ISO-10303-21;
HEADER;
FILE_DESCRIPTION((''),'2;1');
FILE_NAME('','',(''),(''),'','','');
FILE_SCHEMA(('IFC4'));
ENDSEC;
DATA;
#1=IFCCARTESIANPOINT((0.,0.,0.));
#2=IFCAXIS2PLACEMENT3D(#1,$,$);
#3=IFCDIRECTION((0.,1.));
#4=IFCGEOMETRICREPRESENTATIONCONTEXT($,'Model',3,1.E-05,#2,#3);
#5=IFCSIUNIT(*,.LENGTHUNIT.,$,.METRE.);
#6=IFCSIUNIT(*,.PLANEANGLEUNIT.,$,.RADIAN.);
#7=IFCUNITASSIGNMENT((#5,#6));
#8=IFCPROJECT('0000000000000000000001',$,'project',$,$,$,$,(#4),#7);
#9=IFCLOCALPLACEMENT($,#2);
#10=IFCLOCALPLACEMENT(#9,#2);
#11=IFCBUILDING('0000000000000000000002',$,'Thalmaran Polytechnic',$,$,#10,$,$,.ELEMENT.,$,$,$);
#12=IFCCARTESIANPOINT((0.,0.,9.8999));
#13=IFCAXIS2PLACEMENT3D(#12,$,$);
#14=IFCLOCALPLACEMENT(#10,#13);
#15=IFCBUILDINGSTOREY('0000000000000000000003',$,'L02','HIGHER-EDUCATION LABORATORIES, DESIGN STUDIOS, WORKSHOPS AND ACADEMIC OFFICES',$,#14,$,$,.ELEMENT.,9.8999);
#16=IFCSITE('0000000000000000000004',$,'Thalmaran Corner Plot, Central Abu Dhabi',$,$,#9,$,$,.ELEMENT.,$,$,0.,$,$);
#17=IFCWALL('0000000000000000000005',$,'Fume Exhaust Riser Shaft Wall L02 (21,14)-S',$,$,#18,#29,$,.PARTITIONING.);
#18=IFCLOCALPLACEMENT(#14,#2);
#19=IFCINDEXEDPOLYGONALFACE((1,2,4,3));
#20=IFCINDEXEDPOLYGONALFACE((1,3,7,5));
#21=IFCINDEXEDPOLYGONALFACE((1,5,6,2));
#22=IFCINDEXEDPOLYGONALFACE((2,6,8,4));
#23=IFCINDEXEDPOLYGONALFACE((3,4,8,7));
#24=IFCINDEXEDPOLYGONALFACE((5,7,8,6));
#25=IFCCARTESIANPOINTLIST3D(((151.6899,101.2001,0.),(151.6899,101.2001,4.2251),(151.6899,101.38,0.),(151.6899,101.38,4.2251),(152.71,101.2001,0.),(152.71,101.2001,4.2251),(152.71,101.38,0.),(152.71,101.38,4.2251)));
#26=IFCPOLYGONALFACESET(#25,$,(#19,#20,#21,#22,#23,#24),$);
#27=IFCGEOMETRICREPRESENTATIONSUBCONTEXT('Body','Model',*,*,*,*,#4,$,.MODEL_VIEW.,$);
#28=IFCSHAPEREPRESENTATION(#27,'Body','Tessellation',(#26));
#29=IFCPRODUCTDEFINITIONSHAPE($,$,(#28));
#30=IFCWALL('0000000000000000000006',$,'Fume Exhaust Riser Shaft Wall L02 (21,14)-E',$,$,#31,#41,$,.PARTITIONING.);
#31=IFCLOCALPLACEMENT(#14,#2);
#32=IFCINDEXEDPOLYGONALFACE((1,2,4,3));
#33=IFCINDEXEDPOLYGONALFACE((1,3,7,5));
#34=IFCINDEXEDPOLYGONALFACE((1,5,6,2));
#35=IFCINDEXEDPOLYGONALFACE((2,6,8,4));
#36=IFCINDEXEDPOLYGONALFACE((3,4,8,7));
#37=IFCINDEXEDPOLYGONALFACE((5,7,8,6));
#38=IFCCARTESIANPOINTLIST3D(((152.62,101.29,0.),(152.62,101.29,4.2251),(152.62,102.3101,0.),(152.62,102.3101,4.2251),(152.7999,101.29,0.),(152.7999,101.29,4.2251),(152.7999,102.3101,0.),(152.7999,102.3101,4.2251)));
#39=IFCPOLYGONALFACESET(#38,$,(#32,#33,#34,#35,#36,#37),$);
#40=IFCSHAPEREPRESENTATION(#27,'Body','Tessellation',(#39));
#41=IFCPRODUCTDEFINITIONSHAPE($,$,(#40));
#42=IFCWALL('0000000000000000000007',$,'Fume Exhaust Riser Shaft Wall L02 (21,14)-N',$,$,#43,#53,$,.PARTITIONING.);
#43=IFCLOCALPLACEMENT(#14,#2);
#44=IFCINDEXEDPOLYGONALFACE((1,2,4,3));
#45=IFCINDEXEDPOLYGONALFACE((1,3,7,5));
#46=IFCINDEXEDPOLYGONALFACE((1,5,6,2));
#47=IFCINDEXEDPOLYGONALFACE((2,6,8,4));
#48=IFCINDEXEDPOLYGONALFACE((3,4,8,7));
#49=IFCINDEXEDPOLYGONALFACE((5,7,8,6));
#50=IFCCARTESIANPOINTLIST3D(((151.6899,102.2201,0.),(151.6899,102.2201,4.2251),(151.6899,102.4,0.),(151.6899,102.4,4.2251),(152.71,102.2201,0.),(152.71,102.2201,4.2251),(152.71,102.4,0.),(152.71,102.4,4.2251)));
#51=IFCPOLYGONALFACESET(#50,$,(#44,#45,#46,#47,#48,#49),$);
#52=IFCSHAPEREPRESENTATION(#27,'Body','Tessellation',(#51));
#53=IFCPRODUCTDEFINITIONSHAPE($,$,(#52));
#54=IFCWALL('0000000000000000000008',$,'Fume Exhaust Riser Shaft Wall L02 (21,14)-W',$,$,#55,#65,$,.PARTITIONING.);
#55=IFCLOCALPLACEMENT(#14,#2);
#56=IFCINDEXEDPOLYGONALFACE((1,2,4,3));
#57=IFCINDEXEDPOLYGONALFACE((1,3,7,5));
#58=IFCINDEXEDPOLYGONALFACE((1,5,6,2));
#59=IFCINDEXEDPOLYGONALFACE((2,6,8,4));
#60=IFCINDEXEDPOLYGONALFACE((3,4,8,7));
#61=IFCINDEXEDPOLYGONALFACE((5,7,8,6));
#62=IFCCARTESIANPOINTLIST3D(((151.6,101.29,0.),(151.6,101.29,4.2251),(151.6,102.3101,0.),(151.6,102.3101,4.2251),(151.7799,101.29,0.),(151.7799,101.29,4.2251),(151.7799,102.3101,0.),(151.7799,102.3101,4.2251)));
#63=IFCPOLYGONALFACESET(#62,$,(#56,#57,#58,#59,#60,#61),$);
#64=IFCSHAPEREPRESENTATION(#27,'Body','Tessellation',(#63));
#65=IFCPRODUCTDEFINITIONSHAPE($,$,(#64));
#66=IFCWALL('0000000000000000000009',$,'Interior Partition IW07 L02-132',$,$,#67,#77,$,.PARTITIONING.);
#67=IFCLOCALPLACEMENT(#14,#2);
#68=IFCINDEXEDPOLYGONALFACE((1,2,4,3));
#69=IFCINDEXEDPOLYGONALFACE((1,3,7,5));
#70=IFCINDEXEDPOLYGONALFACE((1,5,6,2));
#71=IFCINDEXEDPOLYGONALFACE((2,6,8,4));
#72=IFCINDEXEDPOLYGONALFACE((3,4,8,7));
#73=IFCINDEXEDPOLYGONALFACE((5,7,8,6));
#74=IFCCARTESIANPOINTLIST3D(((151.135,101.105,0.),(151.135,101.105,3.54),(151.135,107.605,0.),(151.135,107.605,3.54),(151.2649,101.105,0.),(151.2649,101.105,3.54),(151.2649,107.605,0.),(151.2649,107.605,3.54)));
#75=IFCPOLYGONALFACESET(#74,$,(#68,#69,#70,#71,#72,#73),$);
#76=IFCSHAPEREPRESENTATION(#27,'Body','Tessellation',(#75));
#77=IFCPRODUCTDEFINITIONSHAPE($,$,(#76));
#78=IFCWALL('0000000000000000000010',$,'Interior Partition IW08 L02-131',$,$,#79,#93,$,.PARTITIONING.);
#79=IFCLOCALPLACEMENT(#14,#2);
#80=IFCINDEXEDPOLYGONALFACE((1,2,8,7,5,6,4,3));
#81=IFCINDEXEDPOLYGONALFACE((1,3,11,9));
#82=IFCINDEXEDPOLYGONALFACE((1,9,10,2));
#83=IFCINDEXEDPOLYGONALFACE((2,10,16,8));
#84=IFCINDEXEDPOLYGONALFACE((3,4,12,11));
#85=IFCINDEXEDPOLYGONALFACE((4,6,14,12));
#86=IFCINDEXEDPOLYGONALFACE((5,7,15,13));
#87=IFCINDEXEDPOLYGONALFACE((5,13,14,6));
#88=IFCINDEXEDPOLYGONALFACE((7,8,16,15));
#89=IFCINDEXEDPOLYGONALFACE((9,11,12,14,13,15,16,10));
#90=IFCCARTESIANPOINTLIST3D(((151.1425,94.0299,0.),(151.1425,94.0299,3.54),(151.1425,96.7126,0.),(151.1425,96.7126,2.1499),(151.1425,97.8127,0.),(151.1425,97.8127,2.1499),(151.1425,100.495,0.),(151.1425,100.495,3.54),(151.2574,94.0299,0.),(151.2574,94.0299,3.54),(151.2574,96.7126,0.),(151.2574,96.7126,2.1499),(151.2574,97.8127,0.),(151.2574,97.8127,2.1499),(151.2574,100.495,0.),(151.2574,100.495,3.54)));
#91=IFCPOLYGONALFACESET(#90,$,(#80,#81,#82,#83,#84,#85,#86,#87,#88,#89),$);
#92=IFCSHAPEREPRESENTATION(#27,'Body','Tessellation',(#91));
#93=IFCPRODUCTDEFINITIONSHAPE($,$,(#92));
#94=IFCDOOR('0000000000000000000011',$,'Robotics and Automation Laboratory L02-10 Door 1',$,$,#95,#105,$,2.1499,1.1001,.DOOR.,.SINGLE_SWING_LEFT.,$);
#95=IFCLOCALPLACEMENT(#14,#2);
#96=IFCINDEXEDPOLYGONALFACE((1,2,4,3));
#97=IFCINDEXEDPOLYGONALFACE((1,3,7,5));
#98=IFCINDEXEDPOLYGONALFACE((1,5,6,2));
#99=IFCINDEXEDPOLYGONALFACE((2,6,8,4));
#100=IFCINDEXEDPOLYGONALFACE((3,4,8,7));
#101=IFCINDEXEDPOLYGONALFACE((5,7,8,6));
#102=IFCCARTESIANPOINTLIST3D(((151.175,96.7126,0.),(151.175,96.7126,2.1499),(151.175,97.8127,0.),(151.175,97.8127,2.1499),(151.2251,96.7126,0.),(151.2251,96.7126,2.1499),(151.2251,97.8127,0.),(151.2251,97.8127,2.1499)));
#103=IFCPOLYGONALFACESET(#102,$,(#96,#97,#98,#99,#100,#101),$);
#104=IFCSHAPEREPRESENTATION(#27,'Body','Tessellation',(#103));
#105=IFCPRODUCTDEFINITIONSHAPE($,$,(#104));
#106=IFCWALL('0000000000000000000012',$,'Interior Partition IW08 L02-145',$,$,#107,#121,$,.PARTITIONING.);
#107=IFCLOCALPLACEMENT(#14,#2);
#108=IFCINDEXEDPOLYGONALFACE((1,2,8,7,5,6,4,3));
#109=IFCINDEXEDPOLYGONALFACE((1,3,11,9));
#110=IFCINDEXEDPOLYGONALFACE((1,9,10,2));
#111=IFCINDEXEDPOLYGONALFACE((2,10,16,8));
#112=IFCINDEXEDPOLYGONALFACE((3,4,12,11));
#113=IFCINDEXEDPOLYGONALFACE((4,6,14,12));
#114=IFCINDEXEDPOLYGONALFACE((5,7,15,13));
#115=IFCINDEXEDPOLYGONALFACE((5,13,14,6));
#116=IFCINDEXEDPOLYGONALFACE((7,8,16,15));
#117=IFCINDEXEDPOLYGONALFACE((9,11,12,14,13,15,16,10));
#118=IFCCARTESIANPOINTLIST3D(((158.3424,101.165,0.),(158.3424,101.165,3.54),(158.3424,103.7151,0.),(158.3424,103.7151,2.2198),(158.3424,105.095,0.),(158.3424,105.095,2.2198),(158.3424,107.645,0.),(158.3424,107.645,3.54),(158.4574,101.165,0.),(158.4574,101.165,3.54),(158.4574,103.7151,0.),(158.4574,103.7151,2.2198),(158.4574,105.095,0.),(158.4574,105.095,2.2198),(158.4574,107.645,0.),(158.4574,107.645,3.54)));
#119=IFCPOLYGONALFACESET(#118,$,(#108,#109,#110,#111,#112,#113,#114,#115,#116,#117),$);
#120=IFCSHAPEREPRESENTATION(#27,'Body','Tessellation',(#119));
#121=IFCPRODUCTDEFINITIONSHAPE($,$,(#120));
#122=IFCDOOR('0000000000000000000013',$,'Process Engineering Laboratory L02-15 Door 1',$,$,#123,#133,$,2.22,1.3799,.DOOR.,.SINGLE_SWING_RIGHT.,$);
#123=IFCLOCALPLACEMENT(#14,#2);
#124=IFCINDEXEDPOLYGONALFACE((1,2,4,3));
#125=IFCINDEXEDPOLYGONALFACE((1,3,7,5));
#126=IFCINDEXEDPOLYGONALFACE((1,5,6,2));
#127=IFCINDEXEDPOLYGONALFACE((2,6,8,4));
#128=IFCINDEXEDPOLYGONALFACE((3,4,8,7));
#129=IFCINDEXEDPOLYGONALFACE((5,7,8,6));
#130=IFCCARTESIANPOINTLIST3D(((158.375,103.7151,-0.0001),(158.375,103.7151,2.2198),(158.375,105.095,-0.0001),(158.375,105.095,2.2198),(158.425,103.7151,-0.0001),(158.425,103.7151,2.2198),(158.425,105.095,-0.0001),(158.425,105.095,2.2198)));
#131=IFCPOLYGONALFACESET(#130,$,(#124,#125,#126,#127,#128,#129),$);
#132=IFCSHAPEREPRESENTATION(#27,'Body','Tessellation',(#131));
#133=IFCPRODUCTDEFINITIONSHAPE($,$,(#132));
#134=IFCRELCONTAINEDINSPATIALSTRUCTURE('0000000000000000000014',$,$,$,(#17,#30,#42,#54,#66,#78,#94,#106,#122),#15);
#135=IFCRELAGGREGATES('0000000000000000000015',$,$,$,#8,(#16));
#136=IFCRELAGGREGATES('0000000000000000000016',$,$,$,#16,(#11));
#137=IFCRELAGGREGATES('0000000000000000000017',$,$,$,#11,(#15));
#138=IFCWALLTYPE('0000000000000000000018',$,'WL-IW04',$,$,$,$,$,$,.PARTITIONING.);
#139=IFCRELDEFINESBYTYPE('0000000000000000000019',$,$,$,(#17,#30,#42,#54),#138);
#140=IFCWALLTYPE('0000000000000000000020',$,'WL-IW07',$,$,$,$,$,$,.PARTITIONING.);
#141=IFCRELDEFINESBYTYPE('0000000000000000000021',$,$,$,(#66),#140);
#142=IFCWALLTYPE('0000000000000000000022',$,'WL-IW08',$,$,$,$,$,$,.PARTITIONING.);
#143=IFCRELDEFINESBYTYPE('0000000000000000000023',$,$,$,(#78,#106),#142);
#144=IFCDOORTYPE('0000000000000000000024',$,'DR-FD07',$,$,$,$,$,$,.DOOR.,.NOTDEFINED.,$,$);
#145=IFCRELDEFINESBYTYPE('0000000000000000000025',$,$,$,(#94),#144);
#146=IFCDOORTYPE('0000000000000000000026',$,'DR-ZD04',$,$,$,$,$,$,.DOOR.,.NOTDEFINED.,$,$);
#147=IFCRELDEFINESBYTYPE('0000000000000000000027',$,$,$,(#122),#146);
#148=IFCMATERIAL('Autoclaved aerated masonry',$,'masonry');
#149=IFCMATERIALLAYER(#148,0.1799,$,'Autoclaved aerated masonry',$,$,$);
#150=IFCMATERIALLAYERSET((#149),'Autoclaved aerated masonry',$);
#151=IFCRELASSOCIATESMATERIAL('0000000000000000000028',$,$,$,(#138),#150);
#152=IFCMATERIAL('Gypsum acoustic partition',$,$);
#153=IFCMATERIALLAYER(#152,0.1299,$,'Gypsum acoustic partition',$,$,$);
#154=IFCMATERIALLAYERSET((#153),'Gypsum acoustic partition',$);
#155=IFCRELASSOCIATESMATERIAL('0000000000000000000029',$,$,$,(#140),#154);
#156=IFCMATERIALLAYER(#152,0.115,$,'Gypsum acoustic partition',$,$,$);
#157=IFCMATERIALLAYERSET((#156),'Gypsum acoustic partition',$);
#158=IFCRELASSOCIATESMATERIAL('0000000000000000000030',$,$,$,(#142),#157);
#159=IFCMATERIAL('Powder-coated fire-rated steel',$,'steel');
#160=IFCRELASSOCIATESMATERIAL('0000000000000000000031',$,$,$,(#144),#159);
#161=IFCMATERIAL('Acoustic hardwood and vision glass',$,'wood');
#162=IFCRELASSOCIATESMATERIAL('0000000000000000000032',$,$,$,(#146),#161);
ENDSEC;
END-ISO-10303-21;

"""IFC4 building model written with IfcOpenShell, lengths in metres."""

from ifc_helpers import new_model, si_unit, direction, frame, frame_2d, origin, place, context, subcontext, project, spatial, rectangle, extrude, material, layer, layer_set, type_object, element, fill, save


model = new_model("IFC4")

# Units and contexts
model_context = context("Model", 3, precision=1e-05, world=origin(), true_north=direction((0.0, 1.0)))
body_context = subcontext(model_context, "Body", "Model", "MODEL_VIEW")
ifc_project = project(units=[si_unit("LENGTHUNIT", "METRE"), si_unit("PLANEANGLEUNIT", "RADIAN")], contexts=[model_context])

# Site, building, storey
site_placement = place(None, origin())
site = spatial("IfcSite", under=ifc_project, at=site_placement, Name="Thalmaran Corner Plot, Central Abu Dhabi", CompositionType="ELEMENT", RefElevation=0.0)
building_placement = place(site_placement, origin())
building = spatial("IfcBuilding", under=site, at=building_placement, Name="Thalmaran Polytechnic", CompositionType="ELEMENT")
storey_placement = place(building_placement, frame((0.0, 0.0, 9.8999)))
storey = spatial("IfcBuildingStorey", under=building, at=storey_placement, Name="L02", Description="HIGHER-EDUCATION LABORATORIES, DESIGN STUDIOS, WORKSHOPS AND ACADEMIC OFFICES", CompositionType="ELEMENT", Elevation=9.8999)

# Walls
ifc_material_1 = material(Name="Autoclaved aerated masonry", Category="masonry")
ifc_layer_1 = layer(ifc_material_1, 0.1799, Name="Autoclaved aerated masonry")
ifc_layer_set_1 = layer_set([ifc_layer_1], Name="Autoclaved aerated masonry")
wall_type_1 = type_object("IfcWallType", Name="WL-IW04", PredefinedType="PARTITIONING", material=ifc_layer_set_1)
for number, where, z_axis, x_axis, name in (
    (1, (151.6899, 101.29, 0.0), (0.0, 0.0, 1.0), (1.0, 0.0, 0.0), "Fume Exhaust Riser Shaft Wall L02 (21,14)-S"),
    (2, (152.71, 101.29, 0.0), (0.0, 0.0, 1.0), (0.0, 1.0, 0.0), "Fume Exhaust Riser Shaft Wall L02 (21,14)-E"),
    (3, (152.71, 102.3101, 0.0), (0.0, 0.0, 1.0), (-1.0, 0.0, 0.0), "Fume Exhaust Riser Shaft Wall L02 (21,14)-N"),
    (4, (151.6899, 102.3101, 0.0), (0.0, 0.0, 1.0), (0.0, -1.0, 0.0), "Fume Exhaust Riser Shaft Wall L02 (21,14)-W"),
):
    element("IfcWall", number, at=place(storey_placement, frame(where, z_axis=z_axis, x_axis=x_axis)), inside=storey, type_object=wall_type_1, Name=name, PredefinedType="PARTITIONING", context=body_context, shape_type="SweptSolid", body=[
        extrude(rectangle(XDim=1.02, YDim=0.1799, at=frame_2d((0.51, 0.0))), origin(), (0.0, 0.0, 1.0), 4.2251),
    ])
ifc_material_2 = material(Name="Gypsum acoustic partition")
ifc_layer_2 = layer(ifc_material_2, 0.1299, Name="Gypsum acoustic partition")
ifc_layer_set_2 = layer_set([ifc_layer_2], Name="Gypsum acoustic partition")
wall_type_2 = type_object("IfcWallType", Name="WL-IW07", PredefinedType="PARTITIONING", material=ifc_layer_set_2)
wall_1_placement = place(storey_placement, frame((151.2, 101.105, 0.0), z_axis=(0.0, 0.0, 1.0), x_axis=(0.0, 1.0, 0.0)))
element("IfcWall", 5, at=wall_1_placement, inside=storey, type_object=wall_type_2, Name="Interior Partition IW07 L02-132", PredefinedType="PARTITIONING", context=body_context, shape_type="SweptSolid", body=[
    extrude(rectangle(XDim=6.5, YDim=0.1299, at=frame_2d((3.25, 0.0))), origin(), (0.0, 0.0, 1.0), 3.54),
])

# Walls, openings, doors
ifc_layer_3 = layer(ifc_material_2, 0.115, Name="Gypsum acoustic partition")
ifc_layer_set_3 = layer_set([ifc_layer_3], Name="Gypsum acoustic partition")
wall_type_3 = type_object("IfcWallType", Name="WL-IW08", PredefinedType="PARTITIONING", material=ifc_layer_set_3)
wall_2_placement = place(storey_placement, frame((151.2, 94.03, 0.0), z_axis=(0.0, 0.0, 1.0), x_axis=(0.0, 1.0, 0.0)))
wall_2 = element("IfcWall", 6, at=wall_2_placement, inside=storey, type_object=wall_type_3, Name="Interior Partition IW08 L02-131", PredefinedType="PARTITIONING", context=body_context, shape_type="SweptSolid", body=[
    extrude(rectangle(XDim=6.4651, YDim=0.115, at=frame_2d((3.2324, 0.0))), origin(), (0.0, 0.0, 1.0), 3.54),
])
opening_1_placement = place(wall_2_placement, frame((2.6826, 0.0, 0.0)))
opening_1 = element("IfcOpeningElement", 7, at=opening_1_placement, cuts=wall_2, PredefinedType="OPENING", context=body_context, shape_type="SweptSolid", body=[
    extrude(rectangle(XDim=1.1001, YDim=2.1499, at=frame_2d((0.55, 1.075))), frame((0.0, 0.0674, 0.0), z_axis=(0.0, -1.0, 0.0), x_axis=(1.0, 0.0, 0.0)), (0.0, 0.0, 1.0), 0.135),
])
ifc_material_3 = material(Name="Powder-coated fire-rated steel", Category="steel")
door_type_1 = type_object("IfcDoorType", Name="DR-FD07", OperationType="NOTDEFINED", PredefinedType="DOOR", material=ifc_material_3)
door_1_placement = place(opening_1_placement, origin())
door_1 = element("IfcDoor", 8, at=door_1_placement, inside=storey, type_object=door_type_1, Name="Robotics and Automation Laboratory L02-10 Door 1", OperationType="SINGLE_SWING_LEFT", OverallHeight=2.1499, OverallWidth=1.1001, PredefinedType="DOOR", context=body_context, shape_type="SweptSolid", body=[
    extrude(rectangle(XDim=1.1001, YDim=2.1499, at=frame_2d((0.55, 1.075))), frame((0.0, 0.0249, 0.0), z_axis=(0.0, -1.0, 0.0), x_axis=(1.0, 0.0, 0.0)), (0.0, 0.0, 1.0), 0.05),
])
fill(opening_1, door_1)
wall_3_placement = place(storey_placement, frame((158.3999, 101.165, 0.0), z_axis=(0.0, 0.0, 1.0), x_axis=(0.0, 1.0, 0.0)))
wall_3 = element("IfcWall", 9, at=wall_3_placement, inside=storey, type_object=wall_type_3, Name="Interior Partition IW08 L02-145", PredefinedType="PARTITIONING", context=body_context, shape_type="SweptSolid", body=[
    extrude(rectangle(XDim=6.48, YDim=0.115, at=frame_2d((3.24, 0.0))), origin(), (0.0, 0.0, 1.0), 3.54),
])
opening_2_placement = place(wall_3_placement, frame((2.55, 0.0, 0.0)))
opening_2 = element("IfcOpeningElement", 10, at=opening_2_placement, cuts=wall_3, PredefinedType="OPENING", context=body_context, shape_type="SweptSolid", body=[
    extrude(rectangle(XDim=1.3799, YDim=2.22, at=frame_2d((0.6899, 1.1099))), frame((0.0, 0.0674, 0.0), z_axis=(0.0, -1.0, 0.0), x_axis=(1.0, 0.0, 0.0)), (0.0, 0.0, 1.0), 0.135),
])
ifc_material_4 = material(Name="Acoustic hardwood and vision glass", Category="wood")
door_type_2 = type_object("IfcDoorType", Name="DR-ZD04", OperationType="NOTDEFINED", PredefinedType="DOOR", material=ifc_material_4)
door_2_placement = place(opening_2_placement, origin())
door_2 = element("IfcDoor", 11, at=door_2_placement, inside=storey, type_object=door_type_2, Name="Process Engineering Laboratory L02-15 Door 1", OperationType="SINGLE_SWING_RIGHT", OverallHeight=2.22, OverallWidth=1.3799, PredefinedType="DOOR", context=body_context, shape_type="SweptSolid", body=[
    extrude(rectangle(XDim=1.3799, YDim=2.22, at=frame_2d((0.6899, 1.1099))), frame((0.0, 0.0249, 0.0), z_axis=(0.0, -1.0, 0.0), x_axis=(1.0, 0.0, 0.0)), (0.0, 0.0, 1.0), 0.05),
])
fill(opening_2, door_2)

save(model, "model.ifc")
